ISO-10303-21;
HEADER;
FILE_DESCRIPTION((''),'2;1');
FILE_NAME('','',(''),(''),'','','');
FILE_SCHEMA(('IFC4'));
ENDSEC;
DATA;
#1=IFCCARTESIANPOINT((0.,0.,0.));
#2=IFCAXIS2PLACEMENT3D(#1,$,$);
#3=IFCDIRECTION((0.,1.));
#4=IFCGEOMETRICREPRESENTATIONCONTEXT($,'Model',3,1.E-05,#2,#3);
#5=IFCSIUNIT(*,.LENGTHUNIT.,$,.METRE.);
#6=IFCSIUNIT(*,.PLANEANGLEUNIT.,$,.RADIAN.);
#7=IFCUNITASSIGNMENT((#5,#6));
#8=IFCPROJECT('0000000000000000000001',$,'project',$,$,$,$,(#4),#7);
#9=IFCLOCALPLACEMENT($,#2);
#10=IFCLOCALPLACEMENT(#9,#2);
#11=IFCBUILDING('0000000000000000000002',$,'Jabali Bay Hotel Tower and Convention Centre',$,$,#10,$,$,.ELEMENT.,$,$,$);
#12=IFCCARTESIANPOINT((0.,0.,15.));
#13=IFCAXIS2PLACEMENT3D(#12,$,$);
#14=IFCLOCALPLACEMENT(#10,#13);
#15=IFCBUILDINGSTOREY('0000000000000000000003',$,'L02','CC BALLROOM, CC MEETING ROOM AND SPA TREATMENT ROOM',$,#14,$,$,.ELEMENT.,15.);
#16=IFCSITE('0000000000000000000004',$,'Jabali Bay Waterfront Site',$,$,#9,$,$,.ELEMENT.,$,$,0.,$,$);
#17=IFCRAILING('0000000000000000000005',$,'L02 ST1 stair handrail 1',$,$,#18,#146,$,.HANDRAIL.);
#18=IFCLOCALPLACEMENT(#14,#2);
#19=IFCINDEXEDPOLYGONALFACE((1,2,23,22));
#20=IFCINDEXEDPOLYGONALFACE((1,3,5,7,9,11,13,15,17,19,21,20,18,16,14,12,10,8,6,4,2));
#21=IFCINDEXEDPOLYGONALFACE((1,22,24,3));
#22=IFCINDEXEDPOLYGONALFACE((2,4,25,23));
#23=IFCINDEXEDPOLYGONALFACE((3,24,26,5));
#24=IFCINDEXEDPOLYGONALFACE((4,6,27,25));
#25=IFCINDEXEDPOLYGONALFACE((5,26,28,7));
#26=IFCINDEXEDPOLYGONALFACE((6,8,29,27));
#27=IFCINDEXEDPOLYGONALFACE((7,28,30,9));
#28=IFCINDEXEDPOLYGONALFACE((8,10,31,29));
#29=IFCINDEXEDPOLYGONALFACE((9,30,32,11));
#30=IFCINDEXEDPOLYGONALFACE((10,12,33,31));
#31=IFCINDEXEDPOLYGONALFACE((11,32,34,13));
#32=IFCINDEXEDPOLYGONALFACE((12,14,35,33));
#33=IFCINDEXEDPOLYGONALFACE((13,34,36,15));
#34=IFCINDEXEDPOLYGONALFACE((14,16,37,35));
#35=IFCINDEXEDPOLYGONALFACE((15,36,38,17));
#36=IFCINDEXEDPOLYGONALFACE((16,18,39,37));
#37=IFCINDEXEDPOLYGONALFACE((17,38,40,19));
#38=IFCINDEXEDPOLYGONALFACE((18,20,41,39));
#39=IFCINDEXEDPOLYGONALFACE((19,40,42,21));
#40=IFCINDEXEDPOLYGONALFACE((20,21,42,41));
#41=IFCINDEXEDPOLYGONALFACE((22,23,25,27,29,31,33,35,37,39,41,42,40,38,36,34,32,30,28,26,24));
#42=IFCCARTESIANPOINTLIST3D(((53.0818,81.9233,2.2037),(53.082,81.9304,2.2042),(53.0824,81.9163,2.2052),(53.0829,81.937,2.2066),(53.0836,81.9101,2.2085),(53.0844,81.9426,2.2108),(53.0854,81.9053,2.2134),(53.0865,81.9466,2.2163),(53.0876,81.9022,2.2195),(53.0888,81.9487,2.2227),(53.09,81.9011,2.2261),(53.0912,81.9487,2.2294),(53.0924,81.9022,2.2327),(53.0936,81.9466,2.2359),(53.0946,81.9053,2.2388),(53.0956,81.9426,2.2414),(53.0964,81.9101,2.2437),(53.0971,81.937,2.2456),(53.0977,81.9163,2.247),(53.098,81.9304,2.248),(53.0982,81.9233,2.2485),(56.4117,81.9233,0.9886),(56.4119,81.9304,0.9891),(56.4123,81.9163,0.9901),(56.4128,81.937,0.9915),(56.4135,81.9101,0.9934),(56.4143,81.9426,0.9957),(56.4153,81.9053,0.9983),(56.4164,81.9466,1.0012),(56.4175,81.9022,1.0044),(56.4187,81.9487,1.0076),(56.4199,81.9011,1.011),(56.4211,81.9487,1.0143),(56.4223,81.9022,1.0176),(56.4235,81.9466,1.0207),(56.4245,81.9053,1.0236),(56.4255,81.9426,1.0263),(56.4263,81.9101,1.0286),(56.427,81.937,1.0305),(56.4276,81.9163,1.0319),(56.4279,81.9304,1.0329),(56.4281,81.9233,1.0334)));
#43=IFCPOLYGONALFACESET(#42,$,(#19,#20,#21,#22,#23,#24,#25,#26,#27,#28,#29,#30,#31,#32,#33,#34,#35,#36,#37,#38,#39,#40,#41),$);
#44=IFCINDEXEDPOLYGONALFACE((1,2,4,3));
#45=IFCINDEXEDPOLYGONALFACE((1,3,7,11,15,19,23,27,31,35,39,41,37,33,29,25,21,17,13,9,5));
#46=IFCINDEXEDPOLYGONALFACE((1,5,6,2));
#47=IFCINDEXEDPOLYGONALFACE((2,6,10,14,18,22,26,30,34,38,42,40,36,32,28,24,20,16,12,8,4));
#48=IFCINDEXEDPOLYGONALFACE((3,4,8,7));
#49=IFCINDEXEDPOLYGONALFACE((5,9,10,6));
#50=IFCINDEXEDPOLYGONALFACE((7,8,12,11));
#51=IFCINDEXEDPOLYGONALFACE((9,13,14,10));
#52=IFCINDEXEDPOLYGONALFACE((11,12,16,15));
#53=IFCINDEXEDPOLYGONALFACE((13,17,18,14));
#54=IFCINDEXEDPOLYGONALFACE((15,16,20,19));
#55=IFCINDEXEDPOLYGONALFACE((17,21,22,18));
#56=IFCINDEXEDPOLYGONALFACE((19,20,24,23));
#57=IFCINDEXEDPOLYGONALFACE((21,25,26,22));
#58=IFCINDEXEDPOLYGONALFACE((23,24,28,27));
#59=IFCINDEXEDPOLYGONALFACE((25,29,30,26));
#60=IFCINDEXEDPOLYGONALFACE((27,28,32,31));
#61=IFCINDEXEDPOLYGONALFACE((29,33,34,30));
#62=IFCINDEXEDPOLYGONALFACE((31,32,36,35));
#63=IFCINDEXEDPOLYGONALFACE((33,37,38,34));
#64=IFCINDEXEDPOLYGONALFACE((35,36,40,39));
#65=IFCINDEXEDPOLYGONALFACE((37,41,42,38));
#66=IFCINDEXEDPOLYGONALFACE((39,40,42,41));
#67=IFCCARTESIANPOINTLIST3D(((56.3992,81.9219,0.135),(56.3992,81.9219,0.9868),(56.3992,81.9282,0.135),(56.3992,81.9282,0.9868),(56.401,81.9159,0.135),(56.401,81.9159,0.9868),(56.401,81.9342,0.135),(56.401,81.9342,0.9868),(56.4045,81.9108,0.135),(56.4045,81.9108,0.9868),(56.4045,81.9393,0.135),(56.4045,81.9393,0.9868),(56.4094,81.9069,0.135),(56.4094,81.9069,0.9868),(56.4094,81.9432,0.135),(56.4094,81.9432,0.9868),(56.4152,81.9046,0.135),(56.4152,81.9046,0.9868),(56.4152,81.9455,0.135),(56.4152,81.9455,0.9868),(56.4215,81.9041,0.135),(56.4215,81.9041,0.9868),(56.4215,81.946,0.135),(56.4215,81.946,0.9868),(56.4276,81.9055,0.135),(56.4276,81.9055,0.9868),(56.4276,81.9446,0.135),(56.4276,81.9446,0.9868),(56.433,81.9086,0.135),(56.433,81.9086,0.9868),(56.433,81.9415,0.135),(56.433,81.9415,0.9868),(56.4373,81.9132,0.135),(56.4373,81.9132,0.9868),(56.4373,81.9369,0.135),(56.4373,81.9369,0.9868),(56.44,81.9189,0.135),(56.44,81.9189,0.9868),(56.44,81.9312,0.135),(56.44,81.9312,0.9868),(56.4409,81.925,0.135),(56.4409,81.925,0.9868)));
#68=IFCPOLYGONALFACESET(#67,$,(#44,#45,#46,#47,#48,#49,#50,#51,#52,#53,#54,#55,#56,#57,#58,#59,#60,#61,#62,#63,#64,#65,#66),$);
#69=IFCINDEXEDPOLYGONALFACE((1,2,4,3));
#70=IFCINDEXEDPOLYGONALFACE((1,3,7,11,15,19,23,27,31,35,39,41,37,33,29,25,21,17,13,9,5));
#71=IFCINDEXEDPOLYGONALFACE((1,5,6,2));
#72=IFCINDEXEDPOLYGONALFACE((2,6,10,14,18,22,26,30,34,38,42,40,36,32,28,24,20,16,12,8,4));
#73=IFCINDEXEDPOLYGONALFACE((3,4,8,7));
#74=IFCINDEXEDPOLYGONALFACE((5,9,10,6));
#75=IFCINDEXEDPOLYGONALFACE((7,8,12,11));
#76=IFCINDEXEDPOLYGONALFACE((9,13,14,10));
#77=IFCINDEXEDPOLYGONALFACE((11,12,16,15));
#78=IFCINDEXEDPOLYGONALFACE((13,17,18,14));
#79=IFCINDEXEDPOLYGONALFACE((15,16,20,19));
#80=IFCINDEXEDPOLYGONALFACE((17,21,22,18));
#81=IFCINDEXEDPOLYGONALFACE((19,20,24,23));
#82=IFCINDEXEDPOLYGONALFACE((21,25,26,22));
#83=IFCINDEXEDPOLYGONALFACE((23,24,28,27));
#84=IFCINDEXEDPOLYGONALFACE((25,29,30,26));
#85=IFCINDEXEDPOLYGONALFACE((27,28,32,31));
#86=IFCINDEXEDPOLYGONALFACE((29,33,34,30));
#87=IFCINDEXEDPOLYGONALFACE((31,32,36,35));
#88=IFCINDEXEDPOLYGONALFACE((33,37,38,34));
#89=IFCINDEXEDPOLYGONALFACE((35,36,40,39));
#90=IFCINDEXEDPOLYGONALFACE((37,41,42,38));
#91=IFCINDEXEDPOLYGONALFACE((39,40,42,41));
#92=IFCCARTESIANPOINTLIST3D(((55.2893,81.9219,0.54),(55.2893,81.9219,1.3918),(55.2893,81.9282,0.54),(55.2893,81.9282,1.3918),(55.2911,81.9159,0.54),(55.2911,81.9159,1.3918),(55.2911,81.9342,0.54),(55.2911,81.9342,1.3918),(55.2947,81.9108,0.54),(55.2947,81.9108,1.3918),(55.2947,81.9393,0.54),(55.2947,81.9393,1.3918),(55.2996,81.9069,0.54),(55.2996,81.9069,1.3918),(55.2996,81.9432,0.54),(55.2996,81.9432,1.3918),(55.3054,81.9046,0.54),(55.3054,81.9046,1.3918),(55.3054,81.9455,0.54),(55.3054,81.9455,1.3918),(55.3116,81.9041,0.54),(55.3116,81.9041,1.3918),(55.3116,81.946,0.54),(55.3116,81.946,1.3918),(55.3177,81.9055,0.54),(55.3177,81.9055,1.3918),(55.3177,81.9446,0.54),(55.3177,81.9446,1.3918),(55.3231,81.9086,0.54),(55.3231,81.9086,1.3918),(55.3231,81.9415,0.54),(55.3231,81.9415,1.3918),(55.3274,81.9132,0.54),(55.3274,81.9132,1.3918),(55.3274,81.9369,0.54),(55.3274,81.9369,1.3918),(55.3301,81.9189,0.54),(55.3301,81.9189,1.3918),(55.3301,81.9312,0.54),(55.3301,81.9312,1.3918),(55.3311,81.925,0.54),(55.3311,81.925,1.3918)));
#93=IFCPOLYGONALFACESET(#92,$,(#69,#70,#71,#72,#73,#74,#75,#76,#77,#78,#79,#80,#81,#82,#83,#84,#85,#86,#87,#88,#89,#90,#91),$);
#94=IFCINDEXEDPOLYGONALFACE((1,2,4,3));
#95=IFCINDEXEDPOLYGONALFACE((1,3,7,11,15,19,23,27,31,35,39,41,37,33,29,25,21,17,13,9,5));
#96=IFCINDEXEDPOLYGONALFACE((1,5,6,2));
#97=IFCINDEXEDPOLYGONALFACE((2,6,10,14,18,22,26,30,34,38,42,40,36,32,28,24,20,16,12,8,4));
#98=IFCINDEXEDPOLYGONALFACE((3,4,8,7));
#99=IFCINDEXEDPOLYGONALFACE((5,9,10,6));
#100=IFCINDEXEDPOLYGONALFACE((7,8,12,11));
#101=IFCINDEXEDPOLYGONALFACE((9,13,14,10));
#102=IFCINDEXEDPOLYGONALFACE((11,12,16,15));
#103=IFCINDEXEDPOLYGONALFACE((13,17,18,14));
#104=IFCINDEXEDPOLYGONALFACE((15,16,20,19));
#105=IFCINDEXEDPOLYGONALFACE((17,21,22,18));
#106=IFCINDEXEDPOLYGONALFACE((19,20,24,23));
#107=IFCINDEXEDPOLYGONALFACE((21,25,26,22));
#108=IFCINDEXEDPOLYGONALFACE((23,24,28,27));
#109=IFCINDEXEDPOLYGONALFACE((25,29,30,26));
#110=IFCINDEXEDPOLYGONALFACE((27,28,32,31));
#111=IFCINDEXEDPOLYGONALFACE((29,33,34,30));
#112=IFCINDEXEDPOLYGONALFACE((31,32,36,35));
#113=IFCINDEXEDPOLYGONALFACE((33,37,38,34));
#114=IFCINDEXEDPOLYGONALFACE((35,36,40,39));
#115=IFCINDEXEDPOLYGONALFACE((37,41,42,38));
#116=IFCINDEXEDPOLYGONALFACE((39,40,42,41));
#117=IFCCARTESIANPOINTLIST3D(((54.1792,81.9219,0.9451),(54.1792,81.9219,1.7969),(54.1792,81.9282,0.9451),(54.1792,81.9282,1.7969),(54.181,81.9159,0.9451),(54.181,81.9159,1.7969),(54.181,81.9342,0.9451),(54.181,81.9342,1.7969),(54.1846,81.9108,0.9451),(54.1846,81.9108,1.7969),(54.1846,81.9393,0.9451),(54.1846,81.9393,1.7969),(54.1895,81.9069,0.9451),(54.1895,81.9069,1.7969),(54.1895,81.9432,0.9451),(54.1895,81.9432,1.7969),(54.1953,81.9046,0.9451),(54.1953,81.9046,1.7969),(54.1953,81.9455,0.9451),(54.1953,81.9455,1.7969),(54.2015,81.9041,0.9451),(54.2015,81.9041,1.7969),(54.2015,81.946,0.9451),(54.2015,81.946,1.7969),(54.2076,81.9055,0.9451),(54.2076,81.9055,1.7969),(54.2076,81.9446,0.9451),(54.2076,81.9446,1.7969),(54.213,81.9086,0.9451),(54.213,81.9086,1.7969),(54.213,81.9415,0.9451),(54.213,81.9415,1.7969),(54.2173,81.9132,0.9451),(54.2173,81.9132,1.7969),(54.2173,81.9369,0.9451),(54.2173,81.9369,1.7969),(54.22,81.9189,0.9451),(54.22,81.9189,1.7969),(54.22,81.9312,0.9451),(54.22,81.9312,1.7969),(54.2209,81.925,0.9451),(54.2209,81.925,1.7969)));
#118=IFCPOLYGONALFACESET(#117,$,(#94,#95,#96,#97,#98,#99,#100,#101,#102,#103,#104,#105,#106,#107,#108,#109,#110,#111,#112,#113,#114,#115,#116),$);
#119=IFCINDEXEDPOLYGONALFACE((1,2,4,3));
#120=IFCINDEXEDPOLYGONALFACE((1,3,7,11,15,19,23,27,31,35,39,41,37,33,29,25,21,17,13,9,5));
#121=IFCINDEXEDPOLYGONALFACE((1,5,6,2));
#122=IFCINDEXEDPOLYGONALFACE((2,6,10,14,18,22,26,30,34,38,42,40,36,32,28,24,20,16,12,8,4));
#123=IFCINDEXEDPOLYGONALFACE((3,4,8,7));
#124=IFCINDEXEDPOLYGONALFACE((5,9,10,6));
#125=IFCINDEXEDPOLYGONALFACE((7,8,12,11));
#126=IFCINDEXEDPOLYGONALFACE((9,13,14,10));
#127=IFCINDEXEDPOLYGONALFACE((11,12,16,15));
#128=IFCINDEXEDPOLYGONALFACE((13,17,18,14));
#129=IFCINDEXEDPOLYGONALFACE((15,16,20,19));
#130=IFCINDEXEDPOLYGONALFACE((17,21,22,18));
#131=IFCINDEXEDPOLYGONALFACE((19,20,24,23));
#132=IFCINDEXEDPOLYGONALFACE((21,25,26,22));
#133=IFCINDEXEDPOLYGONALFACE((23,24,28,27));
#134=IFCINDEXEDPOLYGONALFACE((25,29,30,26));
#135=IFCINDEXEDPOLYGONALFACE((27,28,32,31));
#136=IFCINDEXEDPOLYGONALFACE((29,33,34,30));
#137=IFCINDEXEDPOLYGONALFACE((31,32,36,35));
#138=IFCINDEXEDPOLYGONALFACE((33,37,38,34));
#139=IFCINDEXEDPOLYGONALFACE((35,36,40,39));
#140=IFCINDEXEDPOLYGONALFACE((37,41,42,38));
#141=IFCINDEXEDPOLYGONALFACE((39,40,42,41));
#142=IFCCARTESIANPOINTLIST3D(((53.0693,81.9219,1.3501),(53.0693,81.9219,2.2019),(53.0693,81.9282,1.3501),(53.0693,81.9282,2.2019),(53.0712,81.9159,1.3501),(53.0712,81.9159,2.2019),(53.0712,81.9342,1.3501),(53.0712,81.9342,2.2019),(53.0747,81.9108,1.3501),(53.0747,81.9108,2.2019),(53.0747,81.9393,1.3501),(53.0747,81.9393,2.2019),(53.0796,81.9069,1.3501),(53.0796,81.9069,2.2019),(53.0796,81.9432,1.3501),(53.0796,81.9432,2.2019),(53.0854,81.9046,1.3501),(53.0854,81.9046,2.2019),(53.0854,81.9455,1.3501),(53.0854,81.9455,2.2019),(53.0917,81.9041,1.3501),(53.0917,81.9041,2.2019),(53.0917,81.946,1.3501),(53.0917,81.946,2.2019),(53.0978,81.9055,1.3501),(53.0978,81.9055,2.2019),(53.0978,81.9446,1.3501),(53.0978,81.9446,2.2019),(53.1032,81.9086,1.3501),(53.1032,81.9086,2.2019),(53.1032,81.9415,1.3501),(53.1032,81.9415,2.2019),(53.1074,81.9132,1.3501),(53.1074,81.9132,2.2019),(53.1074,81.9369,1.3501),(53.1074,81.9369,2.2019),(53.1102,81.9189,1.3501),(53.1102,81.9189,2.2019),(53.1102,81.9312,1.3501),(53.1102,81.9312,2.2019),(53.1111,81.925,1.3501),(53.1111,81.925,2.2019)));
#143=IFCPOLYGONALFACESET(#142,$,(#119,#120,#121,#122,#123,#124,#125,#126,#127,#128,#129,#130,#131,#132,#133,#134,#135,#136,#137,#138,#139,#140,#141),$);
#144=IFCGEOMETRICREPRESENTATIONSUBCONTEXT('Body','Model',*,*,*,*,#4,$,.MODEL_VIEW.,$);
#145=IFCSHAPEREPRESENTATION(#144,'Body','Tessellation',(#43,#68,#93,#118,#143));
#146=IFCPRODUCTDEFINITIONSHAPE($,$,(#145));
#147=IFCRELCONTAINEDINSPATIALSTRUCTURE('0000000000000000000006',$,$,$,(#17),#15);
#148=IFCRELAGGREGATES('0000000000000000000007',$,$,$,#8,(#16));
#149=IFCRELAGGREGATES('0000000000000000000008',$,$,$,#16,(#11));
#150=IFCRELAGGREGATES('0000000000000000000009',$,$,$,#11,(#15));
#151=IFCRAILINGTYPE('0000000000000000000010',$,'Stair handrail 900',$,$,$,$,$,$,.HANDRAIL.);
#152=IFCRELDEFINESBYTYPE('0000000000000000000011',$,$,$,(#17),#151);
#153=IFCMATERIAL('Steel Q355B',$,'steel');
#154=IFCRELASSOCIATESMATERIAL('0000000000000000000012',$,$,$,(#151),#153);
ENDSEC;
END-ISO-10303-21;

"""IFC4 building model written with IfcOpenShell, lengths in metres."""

from ifc_helpers import new_model, si_unit, direction, frame, origin, origin_2d, place, context, subcontext, project, spatial, circle, extrude, material, type_object, element, save


model = new_model("IFC4")

# Units and contexts
model_context = context("Model", 3, precision=1e-05, world=origin(), true_north=direction((0.0, 1.0)))
body_context = subcontext(model_context, "Body", "Model", "MODEL_VIEW")
ifc_project = project(units=[si_unit("LENGTHUNIT", "METRE"), si_unit("PLANEANGLEUNIT", "RADIAN")], contexts=[model_context])

# Site, building, storey
site_placement = place(None, origin())
site = spatial("IfcSite", under=ifc_project, at=site_placement, Name="Jabali Bay Waterfront Site", CompositionType="ELEMENT", RefElevation=0.0)
building_placement = place(site_placement, origin())
building = spatial("IfcBuilding", under=site, at=building_placement, Name="Jabali Bay Hotel Tower and Convention Centre", CompositionType="ELEMENT")
storey_placement = place(building_placement, frame((0.0, 0.0, 15.0)))
storey = spatial("IfcBuildingStorey", under=building, at=storey_placement, Name="L02", Description="CC BALLROOM, CC MEETING ROOM AND SPA TREATMENT ROOM", CompositionType="ELEMENT", Elevation=15.0)

# Railing
ifc_material_1 = material(Name="Steel Q355B", Category="steel")
railing_type_1 = type_object("IfcRailingType", Name="Stair handrail 900", PredefinedType="HANDRAIL", material=ifc_material_1)
railing_1_placement = place(storey_placement, frame((56.4199, 81.925, 0.135)))
element("IfcRailing", 1, at=railing_1_placement, inside=storey, type_object=railing_type_1, Name="L02 ST1 stair handrail 1", PredefinedType="HANDRAIL", context=body_context, shape_type="SweptSolid", body=[
    extrude(circle(Radius=0.0239, at=origin_2d()), frame((0.0, 0.0, 0.876), z_axis=(-0.939409, 0.0, 0.342799), x_axis=(0.0, -1.0, 0.0)), (0.0, 0.0, 1.0), 3.5447),
    extrude(circle(Radius=0.021, at=origin_2d()), origin(), (0.0, 0.0, 1.0), 0.8518),
    extrude(circle(Radius=0.021, at=origin_2d()), frame((-1.1099, 0.0, 0.405)), (0.0, 0.0, 1.0), 0.8518),
    extrude(circle(Radius=0.021, at=origin_2d()), frame((-2.22, 0.0, 0.8101)), (0.0, 0.0, 1.0), 0.8518),
    extrude(circle(Radius=0.021, at=origin_2d()), frame((-3.3298, 0.0, 1.2151)), (0.0, 0.0, 1.0), 0.8518),
])

save(model, "model.ifc")
